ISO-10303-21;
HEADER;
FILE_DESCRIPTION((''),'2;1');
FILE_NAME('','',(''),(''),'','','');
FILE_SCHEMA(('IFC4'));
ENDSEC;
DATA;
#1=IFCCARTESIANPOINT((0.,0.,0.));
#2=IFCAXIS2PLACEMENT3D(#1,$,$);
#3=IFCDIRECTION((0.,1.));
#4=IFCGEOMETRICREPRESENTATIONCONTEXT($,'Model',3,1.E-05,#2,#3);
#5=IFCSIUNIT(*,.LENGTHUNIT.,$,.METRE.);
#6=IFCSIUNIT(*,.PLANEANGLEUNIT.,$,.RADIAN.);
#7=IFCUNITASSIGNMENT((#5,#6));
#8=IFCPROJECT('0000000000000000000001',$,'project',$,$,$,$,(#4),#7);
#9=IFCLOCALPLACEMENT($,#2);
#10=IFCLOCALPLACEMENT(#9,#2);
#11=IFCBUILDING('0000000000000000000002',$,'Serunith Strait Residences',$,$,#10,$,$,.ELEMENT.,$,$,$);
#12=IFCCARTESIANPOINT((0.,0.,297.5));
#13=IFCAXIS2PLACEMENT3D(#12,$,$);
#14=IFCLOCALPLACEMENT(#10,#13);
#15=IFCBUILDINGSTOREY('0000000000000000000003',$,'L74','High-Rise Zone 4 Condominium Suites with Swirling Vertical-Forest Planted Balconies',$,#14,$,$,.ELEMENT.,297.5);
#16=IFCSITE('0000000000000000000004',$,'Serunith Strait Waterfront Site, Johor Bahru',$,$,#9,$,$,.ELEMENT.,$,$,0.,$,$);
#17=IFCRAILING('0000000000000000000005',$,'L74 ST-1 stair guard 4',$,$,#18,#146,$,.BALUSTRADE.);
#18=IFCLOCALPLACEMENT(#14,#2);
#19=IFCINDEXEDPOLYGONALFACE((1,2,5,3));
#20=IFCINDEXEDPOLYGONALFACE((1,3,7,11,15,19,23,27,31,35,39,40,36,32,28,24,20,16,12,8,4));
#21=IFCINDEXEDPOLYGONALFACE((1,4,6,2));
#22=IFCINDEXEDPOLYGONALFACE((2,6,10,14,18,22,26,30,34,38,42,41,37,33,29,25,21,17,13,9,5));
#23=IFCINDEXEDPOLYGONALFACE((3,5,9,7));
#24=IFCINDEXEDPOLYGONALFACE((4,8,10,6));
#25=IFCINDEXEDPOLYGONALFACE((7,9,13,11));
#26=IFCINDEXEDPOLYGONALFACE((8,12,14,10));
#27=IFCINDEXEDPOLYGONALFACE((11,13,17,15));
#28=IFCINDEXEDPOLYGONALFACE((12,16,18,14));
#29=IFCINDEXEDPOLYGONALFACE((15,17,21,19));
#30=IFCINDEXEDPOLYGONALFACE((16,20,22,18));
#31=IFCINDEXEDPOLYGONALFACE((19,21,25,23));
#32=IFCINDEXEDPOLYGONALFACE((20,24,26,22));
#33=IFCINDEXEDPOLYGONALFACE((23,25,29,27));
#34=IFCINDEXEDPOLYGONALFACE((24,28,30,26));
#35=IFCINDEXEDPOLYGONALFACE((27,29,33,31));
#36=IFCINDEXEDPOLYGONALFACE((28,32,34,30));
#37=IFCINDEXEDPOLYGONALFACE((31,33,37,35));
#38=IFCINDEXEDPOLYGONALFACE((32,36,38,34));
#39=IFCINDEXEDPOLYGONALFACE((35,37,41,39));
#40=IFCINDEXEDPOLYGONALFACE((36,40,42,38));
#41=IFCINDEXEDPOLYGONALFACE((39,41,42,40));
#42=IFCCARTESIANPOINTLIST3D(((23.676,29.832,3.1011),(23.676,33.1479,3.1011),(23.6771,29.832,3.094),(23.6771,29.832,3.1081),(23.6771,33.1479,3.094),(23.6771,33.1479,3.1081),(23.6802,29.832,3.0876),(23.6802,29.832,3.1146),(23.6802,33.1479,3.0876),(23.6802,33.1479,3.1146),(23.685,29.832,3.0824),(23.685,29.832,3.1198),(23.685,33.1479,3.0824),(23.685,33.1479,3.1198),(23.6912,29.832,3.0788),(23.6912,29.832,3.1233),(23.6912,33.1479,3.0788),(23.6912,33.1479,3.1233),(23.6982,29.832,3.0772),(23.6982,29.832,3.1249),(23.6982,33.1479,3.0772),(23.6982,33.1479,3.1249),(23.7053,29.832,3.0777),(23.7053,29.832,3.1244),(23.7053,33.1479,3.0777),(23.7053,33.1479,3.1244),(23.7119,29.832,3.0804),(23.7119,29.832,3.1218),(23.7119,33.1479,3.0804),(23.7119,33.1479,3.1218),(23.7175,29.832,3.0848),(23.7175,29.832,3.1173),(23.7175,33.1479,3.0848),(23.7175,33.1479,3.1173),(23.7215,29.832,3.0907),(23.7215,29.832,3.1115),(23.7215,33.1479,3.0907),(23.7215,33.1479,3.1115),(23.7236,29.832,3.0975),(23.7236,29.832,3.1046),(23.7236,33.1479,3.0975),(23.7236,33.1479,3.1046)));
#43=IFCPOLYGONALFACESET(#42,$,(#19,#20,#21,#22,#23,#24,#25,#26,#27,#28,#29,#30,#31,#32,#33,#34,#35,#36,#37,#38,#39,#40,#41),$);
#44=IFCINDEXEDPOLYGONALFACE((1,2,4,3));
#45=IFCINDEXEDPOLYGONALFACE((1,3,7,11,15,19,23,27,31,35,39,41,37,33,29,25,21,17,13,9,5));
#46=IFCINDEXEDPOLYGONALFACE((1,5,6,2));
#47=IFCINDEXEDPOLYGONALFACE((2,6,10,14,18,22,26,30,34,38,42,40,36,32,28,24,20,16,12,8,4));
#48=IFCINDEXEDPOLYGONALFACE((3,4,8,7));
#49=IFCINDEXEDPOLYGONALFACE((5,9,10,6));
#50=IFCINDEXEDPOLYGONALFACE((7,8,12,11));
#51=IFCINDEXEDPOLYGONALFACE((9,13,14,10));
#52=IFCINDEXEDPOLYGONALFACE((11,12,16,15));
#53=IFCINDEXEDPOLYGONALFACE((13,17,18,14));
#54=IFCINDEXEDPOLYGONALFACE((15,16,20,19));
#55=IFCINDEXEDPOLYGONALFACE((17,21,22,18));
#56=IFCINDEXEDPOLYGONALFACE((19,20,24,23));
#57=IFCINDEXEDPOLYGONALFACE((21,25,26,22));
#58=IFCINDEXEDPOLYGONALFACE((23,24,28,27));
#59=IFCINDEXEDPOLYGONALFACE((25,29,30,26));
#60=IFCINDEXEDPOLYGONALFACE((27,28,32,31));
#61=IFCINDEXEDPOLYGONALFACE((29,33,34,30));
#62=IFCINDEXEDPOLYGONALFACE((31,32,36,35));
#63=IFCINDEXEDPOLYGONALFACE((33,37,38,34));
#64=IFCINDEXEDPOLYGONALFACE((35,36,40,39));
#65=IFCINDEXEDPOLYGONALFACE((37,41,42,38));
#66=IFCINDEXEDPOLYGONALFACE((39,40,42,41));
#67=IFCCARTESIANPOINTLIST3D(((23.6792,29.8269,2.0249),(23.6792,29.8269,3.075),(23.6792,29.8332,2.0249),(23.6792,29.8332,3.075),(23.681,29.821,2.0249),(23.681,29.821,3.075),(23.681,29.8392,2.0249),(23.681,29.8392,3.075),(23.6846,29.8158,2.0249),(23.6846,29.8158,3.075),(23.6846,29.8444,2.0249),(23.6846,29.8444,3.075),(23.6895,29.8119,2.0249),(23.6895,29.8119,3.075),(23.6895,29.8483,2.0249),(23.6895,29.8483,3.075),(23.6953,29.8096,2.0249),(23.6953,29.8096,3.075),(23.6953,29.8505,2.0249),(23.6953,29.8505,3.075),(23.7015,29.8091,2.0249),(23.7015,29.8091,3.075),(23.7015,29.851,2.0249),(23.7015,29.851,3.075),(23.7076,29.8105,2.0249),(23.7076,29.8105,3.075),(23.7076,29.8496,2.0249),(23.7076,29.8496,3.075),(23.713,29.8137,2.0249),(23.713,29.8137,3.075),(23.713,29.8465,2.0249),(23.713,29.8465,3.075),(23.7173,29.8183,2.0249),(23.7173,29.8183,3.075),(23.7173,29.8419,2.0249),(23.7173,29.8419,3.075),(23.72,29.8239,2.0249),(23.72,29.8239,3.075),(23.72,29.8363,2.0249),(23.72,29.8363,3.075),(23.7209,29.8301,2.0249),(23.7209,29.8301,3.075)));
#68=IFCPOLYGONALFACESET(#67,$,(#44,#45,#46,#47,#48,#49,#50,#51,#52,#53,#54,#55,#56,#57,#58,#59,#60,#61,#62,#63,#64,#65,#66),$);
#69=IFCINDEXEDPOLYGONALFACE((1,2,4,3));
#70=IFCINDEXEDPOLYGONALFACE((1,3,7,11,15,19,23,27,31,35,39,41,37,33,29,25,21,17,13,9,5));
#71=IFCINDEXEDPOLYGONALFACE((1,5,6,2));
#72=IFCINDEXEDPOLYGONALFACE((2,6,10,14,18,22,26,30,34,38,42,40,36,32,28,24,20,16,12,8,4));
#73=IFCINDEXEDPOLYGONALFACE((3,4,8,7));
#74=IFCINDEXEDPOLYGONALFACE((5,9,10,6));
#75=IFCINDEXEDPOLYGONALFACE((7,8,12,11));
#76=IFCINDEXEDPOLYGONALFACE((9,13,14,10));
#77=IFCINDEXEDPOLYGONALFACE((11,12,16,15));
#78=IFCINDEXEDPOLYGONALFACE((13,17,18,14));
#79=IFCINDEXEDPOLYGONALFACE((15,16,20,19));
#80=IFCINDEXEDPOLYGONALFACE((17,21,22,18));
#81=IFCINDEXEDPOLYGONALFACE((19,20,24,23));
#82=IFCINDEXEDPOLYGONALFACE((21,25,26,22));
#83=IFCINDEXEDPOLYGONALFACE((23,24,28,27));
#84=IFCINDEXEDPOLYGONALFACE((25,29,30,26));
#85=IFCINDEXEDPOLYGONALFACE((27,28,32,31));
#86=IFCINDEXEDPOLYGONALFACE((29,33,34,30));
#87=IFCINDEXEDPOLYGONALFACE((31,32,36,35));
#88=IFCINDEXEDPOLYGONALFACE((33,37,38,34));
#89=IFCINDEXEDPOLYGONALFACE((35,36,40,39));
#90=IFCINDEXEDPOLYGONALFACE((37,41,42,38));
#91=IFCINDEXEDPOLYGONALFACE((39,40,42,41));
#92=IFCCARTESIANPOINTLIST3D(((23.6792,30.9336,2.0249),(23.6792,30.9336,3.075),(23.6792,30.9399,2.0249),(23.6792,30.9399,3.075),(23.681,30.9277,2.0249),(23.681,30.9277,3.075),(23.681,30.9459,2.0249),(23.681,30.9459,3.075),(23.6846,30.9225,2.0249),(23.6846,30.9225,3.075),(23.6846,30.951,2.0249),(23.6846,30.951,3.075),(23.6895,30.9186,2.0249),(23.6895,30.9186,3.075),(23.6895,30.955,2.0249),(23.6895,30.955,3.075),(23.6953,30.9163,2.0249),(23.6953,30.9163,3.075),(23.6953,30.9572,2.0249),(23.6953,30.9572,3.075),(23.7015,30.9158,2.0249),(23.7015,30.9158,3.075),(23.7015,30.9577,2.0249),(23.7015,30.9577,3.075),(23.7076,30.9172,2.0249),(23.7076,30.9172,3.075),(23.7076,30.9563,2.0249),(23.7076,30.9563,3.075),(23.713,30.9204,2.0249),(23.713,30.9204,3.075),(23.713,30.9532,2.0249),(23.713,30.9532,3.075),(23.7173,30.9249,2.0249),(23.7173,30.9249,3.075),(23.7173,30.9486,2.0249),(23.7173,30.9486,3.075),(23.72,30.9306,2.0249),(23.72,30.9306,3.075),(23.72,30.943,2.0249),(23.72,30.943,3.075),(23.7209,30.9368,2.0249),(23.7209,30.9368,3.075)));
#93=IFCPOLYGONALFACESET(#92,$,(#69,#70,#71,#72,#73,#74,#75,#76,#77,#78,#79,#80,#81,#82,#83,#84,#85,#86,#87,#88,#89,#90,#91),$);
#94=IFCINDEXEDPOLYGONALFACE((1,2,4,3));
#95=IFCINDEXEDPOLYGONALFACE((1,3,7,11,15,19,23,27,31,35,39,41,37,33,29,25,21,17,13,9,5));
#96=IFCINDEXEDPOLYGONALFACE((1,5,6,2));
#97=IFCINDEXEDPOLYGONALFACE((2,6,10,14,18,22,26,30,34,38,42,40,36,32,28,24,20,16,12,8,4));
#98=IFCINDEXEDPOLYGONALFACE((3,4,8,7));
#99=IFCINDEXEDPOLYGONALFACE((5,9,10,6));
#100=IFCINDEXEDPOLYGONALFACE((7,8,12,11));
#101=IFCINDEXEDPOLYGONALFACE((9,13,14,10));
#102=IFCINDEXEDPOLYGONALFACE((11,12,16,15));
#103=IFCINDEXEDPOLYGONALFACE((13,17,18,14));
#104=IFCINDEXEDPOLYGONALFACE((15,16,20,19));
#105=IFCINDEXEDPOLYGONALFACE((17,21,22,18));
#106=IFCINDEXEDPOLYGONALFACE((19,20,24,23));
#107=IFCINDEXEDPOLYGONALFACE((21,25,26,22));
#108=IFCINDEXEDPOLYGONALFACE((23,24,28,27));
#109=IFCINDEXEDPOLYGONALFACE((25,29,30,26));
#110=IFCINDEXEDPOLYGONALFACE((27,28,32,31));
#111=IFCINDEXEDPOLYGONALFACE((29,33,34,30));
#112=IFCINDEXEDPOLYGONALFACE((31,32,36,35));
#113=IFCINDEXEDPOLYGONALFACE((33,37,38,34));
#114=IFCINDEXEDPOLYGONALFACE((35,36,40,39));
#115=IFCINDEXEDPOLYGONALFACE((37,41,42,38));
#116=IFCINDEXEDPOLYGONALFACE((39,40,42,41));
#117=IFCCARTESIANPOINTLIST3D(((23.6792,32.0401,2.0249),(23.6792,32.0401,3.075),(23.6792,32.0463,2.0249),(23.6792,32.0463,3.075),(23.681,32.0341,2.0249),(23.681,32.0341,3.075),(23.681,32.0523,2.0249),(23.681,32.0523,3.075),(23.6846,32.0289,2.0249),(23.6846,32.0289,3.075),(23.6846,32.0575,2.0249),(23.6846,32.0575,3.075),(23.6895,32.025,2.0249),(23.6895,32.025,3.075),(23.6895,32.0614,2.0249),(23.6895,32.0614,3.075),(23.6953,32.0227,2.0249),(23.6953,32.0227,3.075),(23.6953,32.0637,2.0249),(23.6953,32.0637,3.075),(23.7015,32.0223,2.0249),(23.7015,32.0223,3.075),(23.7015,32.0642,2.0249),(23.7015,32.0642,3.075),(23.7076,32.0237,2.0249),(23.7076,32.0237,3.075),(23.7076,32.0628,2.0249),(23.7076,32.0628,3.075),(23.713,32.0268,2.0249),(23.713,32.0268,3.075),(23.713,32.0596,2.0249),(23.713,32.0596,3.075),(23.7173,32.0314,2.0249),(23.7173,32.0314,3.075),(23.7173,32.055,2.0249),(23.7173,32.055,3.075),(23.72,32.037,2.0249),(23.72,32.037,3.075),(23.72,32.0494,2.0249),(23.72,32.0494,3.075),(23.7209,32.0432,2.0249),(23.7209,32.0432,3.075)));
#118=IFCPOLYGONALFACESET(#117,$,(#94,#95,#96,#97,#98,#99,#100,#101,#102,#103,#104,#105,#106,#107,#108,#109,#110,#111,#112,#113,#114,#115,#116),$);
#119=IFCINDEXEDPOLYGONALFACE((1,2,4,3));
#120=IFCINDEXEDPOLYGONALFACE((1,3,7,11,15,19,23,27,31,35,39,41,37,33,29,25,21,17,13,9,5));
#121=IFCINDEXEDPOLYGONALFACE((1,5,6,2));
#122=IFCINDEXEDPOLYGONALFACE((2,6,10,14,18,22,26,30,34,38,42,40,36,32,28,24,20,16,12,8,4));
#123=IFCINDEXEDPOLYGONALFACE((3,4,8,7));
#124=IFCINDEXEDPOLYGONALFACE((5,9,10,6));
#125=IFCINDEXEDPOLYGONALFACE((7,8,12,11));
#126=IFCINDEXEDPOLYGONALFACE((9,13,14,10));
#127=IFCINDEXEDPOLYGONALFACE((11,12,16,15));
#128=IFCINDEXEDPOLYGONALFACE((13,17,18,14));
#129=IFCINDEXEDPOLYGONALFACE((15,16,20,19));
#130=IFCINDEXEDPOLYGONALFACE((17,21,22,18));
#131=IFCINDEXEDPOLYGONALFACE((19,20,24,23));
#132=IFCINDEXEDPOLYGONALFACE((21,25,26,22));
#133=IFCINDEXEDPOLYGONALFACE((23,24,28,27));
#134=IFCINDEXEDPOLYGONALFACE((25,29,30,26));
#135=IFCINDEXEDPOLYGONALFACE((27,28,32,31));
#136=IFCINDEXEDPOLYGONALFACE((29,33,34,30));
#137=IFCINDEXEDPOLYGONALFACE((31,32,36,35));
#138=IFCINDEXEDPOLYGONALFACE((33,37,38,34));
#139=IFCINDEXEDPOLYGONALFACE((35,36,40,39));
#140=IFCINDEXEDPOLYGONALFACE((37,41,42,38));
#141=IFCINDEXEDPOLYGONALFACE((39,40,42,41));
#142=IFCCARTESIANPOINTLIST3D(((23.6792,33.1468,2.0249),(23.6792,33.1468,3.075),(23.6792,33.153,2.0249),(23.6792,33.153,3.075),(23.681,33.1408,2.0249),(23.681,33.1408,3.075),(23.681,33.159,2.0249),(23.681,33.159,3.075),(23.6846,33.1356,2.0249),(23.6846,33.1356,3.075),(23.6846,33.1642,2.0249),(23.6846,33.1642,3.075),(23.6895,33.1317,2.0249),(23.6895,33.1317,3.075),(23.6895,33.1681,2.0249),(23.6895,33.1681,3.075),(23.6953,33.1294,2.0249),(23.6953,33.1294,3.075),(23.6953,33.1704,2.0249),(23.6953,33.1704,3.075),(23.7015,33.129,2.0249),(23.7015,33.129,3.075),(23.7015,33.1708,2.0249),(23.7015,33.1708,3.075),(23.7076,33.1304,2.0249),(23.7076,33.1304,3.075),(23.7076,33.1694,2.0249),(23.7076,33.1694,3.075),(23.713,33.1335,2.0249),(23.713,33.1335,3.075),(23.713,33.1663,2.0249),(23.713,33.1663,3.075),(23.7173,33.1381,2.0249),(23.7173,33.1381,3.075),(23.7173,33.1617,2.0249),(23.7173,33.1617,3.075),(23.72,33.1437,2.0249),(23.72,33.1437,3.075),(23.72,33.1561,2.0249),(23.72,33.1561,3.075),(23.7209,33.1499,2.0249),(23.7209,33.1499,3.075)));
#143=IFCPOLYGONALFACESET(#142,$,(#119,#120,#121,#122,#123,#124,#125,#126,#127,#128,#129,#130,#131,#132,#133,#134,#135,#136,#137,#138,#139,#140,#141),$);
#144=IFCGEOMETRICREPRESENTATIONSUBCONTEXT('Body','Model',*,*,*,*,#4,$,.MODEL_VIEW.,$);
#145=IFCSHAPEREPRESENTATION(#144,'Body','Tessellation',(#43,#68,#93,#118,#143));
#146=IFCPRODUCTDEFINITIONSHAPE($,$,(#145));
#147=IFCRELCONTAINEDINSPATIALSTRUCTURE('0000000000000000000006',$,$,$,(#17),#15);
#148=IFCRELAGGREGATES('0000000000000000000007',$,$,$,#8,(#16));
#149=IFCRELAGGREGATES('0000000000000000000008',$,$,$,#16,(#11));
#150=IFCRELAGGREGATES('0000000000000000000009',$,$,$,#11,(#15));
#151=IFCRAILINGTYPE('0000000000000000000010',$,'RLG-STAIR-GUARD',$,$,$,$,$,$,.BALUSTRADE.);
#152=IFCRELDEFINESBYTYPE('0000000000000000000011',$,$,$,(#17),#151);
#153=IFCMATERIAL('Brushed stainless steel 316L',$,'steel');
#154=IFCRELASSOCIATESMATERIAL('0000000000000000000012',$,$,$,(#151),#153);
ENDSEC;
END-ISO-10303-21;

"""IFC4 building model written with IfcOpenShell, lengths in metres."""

from ifc_helpers import new_model, si_unit, direction, frame, origin, origin_2d, place, context, subcontext, project, spatial, circle, extrude, material, type_object, element, save


model = new_model("IFC4")

# Units and contexts
model_context = context("Model", 3, precision=1e-05, world=origin(), true_north=direction((0.0, 1.0)))
body_context = subcontext(model_context, "Body", "Model", "MODEL_VIEW")
ifc_project = project(units=[si_unit("LENGTHUNIT", "METRE"), si_unit("PLANEANGLEUNIT", "RADIAN")], contexts=[model_context])

# Site, building, storey
site_placement = place(None, origin())
site = spatial("IfcSite", under=ifc_project, at=site_placement, Name="Serunith Strait Waterfront Site, Johor Bahru", CompositionType="ELEMENT", RefElevation=0.0)
building_placement = place(site_placement, origin())
building = spatial("IfcBuilding", under=site, at=building_placement, Name="Serunith Strait Residences", CompositionType="ELEMENT")
storey_placement = place(building_placement, frame((0.0, 0.0, 297.5)))
storey = spatial("IfcBuildingStorey", under=building, at=storey_placement, Name="L74", Description="High-Rise Zone 4 Condominium Suites with Swirling Vertical-Forest Planted Balconies", CompositionType="ELEMENT", Elevation=297.5)

# Railing
ifc_material_1 = material(Name="Brushed stainless steel 316L", Category="steel")
railing_type_1 = type_object("IfcRailingType", Name="RLG-STAIR-GUARD", PredefinedType="BALUSTRADE", material=ifc_material_1)
for number, where, name in (
    (1, (23.7, 29.8301, 2.0249), "L74 ST-1 stair guard 4"),
):
    element("IfcRailing", number, at=place(storey_placement, frame(where)), inside=storey, type_object=railing_type_1, Name=name, PredefinedType="BALUSTRADE", context=body_context, shape_type="SweptSolid", body=[
        extrude(circle(Radius=0.0239, at=origin_2d()), frame((0.0, 0.002, 1.0762), z_axis=(0.0, 1.0, 0.0), x_axis=(-1.0, 0.0, 0.0)), (0.0, 0.0, 1.0), 3.3159),
        extrude(circle(Radius=0.021, at=origin_2d()), origin(), (0.0, 0.0, 1.0), 1.05),
        extrude(circle(Radius=0.021, at=origin_2d()), frame((0.0, 1.1067, 0.0)), (0.0, 0.0, 1.0), 1.05),
        extrude(circle(Radius=0.021, at=origin_2d()), frame((0.0, 2.2131, 0.0)), (0.0, 0.0, 1.0), 1.05),
        extrude(circle(Radius=0.021, at=origin_2d()), frame((0.0, 3.3198, 0.0)), (0.0, 0.0, 1.0), 1.05),
    ])

save(model, "model.ifc")
